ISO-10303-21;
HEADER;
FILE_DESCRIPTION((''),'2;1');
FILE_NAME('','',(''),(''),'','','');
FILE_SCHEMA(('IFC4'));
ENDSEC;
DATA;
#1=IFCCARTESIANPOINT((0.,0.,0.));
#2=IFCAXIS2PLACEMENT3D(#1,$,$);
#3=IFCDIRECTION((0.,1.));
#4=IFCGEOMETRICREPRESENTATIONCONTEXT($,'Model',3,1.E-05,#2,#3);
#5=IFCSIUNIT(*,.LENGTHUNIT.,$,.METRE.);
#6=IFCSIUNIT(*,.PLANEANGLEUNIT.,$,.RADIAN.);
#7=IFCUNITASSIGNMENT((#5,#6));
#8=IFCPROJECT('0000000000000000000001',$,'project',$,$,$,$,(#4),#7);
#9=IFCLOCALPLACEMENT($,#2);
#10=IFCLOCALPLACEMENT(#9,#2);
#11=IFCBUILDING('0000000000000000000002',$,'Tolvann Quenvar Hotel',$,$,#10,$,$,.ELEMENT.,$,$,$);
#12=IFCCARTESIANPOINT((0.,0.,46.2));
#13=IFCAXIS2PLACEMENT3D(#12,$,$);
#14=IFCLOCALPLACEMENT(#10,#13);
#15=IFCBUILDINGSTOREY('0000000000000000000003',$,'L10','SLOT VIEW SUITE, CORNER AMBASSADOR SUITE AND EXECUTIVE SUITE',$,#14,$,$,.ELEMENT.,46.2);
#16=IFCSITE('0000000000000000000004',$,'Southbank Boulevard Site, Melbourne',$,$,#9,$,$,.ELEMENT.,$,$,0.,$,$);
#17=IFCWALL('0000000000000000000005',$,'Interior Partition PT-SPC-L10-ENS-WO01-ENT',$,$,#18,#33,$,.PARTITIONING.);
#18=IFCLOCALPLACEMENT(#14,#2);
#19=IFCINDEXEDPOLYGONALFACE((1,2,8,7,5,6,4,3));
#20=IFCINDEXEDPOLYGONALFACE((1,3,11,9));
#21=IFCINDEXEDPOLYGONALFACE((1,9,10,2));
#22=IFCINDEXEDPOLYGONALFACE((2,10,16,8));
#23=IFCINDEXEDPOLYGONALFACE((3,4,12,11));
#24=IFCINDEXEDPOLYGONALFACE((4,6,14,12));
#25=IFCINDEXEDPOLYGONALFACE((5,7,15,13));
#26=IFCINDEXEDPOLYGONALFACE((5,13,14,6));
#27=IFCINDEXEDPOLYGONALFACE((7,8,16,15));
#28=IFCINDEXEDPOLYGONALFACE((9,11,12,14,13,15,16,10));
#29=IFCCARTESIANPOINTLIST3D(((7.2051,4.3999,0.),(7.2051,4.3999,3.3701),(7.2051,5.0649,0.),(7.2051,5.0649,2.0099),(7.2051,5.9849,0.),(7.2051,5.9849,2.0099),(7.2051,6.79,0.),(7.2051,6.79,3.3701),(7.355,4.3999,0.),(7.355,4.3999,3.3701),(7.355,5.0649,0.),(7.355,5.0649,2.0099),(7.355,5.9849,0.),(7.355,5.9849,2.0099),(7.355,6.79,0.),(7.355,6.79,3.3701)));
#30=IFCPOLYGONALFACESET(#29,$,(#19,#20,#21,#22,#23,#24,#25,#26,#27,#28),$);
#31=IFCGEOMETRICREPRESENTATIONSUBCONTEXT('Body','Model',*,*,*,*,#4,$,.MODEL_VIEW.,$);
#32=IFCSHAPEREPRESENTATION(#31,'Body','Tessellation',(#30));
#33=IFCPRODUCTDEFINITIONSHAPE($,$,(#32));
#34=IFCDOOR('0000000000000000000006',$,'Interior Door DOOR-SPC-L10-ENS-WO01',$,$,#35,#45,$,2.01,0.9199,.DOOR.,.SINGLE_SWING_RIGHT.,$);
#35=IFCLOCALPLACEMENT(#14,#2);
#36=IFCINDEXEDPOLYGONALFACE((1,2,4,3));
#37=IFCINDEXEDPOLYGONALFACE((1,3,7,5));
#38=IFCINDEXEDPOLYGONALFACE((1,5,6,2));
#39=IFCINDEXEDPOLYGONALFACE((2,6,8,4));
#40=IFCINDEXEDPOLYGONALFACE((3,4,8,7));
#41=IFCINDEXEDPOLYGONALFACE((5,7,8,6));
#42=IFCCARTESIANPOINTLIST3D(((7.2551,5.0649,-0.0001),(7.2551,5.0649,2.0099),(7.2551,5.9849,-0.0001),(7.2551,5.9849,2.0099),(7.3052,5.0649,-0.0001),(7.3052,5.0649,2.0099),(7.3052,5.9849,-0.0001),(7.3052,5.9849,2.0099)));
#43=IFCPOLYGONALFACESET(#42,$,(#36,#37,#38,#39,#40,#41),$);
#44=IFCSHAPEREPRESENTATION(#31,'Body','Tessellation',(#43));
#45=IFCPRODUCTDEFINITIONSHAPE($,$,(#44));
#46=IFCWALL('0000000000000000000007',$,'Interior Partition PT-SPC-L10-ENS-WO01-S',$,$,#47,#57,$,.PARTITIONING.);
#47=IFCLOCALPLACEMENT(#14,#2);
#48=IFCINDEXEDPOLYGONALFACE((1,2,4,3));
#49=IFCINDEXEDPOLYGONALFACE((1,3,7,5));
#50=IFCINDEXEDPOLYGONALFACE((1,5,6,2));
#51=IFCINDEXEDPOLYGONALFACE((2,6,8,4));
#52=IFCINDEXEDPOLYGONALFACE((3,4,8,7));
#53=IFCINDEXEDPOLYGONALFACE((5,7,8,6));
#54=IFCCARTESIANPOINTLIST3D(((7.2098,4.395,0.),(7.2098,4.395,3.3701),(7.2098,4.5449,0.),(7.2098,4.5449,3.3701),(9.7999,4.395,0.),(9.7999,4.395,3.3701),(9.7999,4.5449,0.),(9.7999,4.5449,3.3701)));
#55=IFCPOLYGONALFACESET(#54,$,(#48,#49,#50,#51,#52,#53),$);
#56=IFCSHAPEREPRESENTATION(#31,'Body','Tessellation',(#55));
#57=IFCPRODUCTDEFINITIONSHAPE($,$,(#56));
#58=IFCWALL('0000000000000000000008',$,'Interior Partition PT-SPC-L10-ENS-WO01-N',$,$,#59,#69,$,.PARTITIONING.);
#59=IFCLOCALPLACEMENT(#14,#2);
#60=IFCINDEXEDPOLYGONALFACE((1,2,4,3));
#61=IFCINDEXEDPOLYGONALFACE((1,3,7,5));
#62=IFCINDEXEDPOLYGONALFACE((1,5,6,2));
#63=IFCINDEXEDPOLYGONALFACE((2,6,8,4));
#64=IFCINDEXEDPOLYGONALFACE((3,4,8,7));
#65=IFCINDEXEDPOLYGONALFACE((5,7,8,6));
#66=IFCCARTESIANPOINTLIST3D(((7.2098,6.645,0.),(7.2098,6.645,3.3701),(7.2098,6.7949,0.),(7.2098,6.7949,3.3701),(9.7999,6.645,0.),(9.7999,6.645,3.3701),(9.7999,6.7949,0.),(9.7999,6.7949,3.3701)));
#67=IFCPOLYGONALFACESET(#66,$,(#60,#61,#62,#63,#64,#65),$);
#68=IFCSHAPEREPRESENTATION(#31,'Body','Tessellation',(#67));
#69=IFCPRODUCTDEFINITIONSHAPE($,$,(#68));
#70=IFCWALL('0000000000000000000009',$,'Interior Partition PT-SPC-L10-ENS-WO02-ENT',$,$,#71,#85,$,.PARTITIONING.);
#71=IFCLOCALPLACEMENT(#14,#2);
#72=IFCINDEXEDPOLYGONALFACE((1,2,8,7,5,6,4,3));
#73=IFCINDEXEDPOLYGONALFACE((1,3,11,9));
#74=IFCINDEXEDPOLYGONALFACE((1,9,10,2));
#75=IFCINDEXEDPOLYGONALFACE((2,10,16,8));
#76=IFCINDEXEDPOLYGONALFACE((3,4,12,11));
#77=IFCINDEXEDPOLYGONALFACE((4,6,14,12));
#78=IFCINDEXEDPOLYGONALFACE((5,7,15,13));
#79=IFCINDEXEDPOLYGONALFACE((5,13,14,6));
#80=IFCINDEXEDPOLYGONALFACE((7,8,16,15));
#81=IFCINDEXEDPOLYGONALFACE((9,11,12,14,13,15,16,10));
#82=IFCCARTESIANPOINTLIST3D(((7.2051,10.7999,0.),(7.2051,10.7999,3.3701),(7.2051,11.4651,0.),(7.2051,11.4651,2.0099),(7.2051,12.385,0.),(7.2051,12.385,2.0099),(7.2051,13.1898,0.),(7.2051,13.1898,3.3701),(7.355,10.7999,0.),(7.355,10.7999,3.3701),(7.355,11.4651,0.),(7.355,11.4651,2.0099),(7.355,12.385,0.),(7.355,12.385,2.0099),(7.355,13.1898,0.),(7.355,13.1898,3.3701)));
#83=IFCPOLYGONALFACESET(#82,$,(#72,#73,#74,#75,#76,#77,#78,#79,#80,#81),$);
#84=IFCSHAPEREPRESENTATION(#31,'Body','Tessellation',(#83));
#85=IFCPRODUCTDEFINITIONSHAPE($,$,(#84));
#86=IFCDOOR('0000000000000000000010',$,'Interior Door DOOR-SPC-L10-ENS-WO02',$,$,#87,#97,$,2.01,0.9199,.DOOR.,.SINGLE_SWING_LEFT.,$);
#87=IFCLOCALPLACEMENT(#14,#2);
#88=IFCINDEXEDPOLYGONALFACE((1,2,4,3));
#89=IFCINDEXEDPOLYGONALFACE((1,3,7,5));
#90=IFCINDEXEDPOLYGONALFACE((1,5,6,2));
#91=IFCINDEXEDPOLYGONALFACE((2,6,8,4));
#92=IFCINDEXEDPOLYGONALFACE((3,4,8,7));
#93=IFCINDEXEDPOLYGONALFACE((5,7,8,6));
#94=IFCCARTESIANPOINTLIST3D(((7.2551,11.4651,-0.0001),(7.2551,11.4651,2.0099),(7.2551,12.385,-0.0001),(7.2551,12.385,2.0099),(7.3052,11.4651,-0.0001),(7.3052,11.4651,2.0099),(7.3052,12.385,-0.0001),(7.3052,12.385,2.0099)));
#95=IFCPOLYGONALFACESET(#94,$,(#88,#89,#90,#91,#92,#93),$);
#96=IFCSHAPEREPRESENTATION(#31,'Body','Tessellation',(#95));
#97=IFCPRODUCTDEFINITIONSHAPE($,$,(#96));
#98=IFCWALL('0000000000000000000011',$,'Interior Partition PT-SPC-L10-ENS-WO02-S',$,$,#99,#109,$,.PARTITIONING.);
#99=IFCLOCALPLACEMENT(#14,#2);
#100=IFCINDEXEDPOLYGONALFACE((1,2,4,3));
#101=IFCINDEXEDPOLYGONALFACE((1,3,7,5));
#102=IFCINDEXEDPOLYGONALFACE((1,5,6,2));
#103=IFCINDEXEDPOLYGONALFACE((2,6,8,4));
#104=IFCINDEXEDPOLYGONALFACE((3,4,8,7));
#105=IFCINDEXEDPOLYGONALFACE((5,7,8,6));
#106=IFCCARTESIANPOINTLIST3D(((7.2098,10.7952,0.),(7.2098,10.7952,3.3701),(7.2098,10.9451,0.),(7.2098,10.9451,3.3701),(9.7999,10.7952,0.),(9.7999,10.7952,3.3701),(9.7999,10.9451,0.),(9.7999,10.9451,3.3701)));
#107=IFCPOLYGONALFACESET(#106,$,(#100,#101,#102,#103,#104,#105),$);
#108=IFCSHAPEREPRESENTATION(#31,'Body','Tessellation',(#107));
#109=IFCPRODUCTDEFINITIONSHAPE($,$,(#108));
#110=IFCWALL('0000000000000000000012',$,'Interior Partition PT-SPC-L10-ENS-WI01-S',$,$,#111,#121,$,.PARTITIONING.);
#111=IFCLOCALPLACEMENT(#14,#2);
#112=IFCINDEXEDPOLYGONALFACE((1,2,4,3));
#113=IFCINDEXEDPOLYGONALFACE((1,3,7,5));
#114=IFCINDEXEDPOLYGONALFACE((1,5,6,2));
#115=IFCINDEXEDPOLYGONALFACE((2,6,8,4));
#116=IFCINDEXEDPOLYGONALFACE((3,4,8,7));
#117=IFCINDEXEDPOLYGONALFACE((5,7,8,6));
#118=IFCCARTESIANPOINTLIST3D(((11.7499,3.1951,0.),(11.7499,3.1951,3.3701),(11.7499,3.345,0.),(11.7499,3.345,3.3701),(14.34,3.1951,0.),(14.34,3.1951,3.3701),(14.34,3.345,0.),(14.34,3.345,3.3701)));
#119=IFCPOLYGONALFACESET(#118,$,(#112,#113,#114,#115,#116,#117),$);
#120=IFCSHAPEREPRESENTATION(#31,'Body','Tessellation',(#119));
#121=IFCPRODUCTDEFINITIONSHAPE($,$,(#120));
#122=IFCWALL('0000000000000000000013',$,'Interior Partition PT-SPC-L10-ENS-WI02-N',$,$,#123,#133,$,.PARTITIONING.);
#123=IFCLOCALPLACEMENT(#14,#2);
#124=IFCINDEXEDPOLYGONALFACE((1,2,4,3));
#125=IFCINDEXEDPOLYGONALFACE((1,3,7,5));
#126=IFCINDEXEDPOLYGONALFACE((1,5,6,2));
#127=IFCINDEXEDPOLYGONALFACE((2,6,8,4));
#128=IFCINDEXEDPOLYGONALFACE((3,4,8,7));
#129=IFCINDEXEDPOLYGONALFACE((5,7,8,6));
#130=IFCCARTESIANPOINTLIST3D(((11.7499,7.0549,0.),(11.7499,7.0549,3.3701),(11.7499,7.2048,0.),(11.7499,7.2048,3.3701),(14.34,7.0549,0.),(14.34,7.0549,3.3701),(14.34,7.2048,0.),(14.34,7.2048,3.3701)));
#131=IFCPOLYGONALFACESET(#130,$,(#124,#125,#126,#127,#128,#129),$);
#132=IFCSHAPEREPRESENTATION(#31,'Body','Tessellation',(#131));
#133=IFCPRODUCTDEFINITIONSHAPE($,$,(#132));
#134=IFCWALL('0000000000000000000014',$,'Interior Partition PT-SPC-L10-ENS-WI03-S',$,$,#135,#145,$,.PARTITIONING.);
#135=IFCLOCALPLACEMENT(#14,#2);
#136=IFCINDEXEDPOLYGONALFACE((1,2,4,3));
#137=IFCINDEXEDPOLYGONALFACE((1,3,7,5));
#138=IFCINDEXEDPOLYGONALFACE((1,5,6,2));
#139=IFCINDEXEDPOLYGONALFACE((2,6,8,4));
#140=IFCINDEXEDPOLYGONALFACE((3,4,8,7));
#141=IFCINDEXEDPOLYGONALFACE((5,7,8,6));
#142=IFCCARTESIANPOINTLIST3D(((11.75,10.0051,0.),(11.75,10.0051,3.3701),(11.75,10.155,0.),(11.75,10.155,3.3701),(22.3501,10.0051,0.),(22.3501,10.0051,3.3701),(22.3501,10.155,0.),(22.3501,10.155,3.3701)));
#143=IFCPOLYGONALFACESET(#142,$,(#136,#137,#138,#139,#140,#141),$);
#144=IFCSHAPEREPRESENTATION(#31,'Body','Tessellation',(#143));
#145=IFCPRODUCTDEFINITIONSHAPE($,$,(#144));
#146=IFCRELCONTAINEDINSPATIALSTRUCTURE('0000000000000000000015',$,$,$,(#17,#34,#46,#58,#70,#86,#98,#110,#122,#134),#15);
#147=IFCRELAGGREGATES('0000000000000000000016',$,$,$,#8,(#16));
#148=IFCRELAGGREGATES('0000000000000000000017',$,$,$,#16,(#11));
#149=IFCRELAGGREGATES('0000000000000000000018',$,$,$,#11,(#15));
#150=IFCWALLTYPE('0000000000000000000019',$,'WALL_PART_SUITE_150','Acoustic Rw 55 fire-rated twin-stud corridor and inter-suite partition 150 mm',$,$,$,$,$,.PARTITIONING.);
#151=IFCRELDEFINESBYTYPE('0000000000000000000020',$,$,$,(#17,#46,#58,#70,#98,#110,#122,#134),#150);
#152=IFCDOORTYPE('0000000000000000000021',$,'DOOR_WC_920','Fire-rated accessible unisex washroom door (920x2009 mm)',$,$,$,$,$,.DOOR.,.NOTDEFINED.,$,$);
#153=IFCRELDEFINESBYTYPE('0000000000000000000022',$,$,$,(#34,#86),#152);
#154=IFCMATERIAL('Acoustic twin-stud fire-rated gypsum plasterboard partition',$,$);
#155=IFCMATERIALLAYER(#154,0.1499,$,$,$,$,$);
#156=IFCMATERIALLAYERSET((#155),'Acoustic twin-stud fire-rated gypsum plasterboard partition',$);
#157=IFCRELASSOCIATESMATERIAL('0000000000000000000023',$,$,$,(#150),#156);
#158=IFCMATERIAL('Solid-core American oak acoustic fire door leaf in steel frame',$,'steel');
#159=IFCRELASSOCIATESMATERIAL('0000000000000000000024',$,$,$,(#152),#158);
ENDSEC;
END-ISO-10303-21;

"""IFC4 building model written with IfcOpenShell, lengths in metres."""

from ifc_helpers import new_model, si_unit, direction, frame, frame_2d, origin, place, context, subcontext, project, spatial, rectangle, extrude, source, transform, mapped, material, layer, layer_set, type_object, type_shapes, element, fill, save


model = new_model("IFC4")

# Units and contexts
model_context = context("Model", 3, precision=1e-05, world=origin(), true_north=direction((0.0, 1.0)))
body_context = subcontext(model_context, "Body", "Model", "MODEL_VIEW")
ifc_project = project(units=[si_unit("LENGTHUNIT", "METRE"), si_unit("PLANEANGLEUNIT", "RADIAN")], contexts=[model_context])

# Site, building, storey
site_placement = place(None, origin())
site = spatial("IfcSite", under=ifc_project, at=site_placement, Name="Southbank Boulevard Site, Melbourne", CompositionType="ELEMENT", RefElevation=0.0)
building_placement = place(site_placement, origin())
building = spatial("IfcBuilding", under=site, at=building_placement, Name="Tolvann Quenvar Hotel", CompositionType="ELEMENT")
storey_placement = place(building_placement, frame((0.0, 0.0, 46.2)))
storey = spatial("IfcBuildingStorey", under=building, at=storey_placement, Name="L10", Description="SLOT VIEW SUITE, CORNER AMBASSADOR SUITE AND EXECUTIVE SUITE", CompositionType="ELEMENT", Elevation=46.2)

# Wall, opening, door
ifc_material_1 = material(Name="Acoustic twin-stud fire-rated gypsum plasterboard partition")
ifc_layer_1 = layer(ifc_material_1, 0.1499)
ifc_layer_set_1 = layer_set([ifc_layer_1], Name="Acoustic twin-stud fire-rated gypsum plasterboard partition")
wall_type_1 = type_object("IfcWallType", Name="WALL_PART_SUITE_150", Description="Acoustic Rw 55 fire-rated twin-stud corridor and inter-suite partition 150 mm", PredefinedType="PARTITIONING", material=ifc_layer_set_1)
wall_1_placement = place(storey_placement, frame((7.28, 4.3999, 0.0), z_axis=(0.0, 0.0, 1.0), x_axis=(0.0, 1.0, 0.0)))
wall_1 = element("IfcWall", 1, at=wall_1_placement, inside=storey, type_object=wall_type_1, Name="Interior Partition PT-SPC-L10-ENS-WO01-ENT", PredefinedType="PARTITIONING", context=body_context, shape_type="SweptSolid", body=[
    extrude(rectangle(XDim=2.3901, YDim=0.1499, at=frame_2d((1.1951, 0.0))), origin(), (0.0, 0.0, 1.0), 3.3701),
])
opening_1_placement = place(wall_1_placement, frame((0.665, 0.0, 0.0)))
opening_1 = element("IfcOpeningElement", 2, at=opening_1_placement, cuts=wall_1, PredefinedType="OPENING", context=body_context, shape_type="SweptSolid", body=[
    extrude(rectangle(XDim=0.9199, YDim=2.01, at=frame_2d((0.46, 1.0049))), frame((0.0, 0.085, 0.0), z_axis=(0.0, -1.0, 0.0), x_axis=(1.0, 0.0, 0.0)), (0.0, 0.0, 1.0), 0.1699),
])
ifc_material_2 = material(Name="Solid-core American oak acoustic fire door leaf in steel frame", Category="steel")
door_type_1 = type_object("IfcDoorType", Name="DOOR_WC_920", Description="Fire-rated accessible unisex washroom door (920x2009 mm)", OperationType="NOTDEFINED", PredefinedType="DOOR", material=ifc_material_2)
shared_shape_1 = source(origin(), body_context, "Body", "SweptSolid", [
    extrude(rectangle(XDim=0.9199, YDim=2.01, at=frame_2d((0.46, 1.0049))), frame((0.0, 0.0249, 0.0), z_axis=(0.0, -1.0, 0.0), x_axis=(1.0, 0.0, 0.0)), (0.0, 0.0, 1.0), 0.05),
])
type_shapes(door_type_1, [shared_shape_1])
door_1_placement = place(opening_1_placement, origin())
door_1 = element("IfcDoor", 3, at=door_1_placement, inside=storey, type_object=door_type_1, Name="Interior Door DOOR-SPC-L10-ENS-WO01", OperationType="SINGLE_SWING_RIGHT", OverallHeight=2.01, OverallWidth=0.9199, PredefinedType="DOOR", context=body_context, shape_type="MappedRepresentation", body=[
    mapped(shared_shape_1, transform((0.0, 0.0, 0.0), x_axis=(1.0, 0.0, 0.0), y_axis=(0.0, 1.0, 0.0), z_axis=(0.0, 0.0, 1.0), scale=1.0)),
])
fill(opening_1, door_1)

# Walls
for number, where, z_axis, x_axis, name in (
    (4, (7.21, 4.47, 0.0), (0.0, 0.0, 1.0), (1.0, 0.0, 0.0), "Interior Partition PT-SPC-L10-ENS-WO01-S"),
    (5, (7.21, 6.72, 0.0), (0.0, 0.0, 1.0), (1.0, 0.0, 0.0), "Interior Partition PT-SPC-L10-ENS-WO01-N"),
):
    element("IfcWall", number, at=place(storey_placement, frame(where, z_axis=z_axis, x_axis=x_axis)), inside=storey, type_object=wall_type_1, Name=name, PredefinedType="PARTITIONING", context=body_context, shape_type="SweptSolid", body=[
        extrude(rectangle(XDim=2.5901, YDim=0.1499, at=frame_2d((1.2949, 0.0))), origin(), (0.0, 0.0, 1.0), 3.3701),
    ])

# Wall, opening, door
wall_2_placement = place(storey_placement, frame((7.28, 10.8, 0.0), z_axis=(0.0, 0.0, 1.0), x_axis=(0.0, 1.0, 0.0)))
wall_2 = element("IfcWall", 6, at=wall_2_placement, inside=storey, type_object=wall_type_1, Name="Interior Partition PT-SPC-L10-ENS-WO02-ENT", PredefinedType="PARTITIONING", context=body_context, shape_type="SweptSolid", body=[
    extrude(rectangle(XDim=2.3899, YDim=0.1499, at=frame_2d((1.1948, 0.0))), origin(), (0.0, 0.0, 1.0), 3.3701),
])
opening_2_placement = place(wall_2_placement, frame((0.665, 0.0, 0.0)))
opening_2 = element("IfcOpeningElement", 7, at=opening_2_placement, cuts=wall_2, PredefinedType="OPENING", context=body_context, shape_type="SweptSolid", body=[
    extrude(rectangle(XDim=0.9199, YDim=2.01, at=frame_2d((0.46, 1.0049))), frame((0.0, 0.085, 0.0), z_axis=(0.0, -1.0, 0.0), x_axis=(1.0, 0.0, 0.0)), (0.0, 0.0, 1.0), 0.1699),
])
door_2_placement = place(opening_2_placement, origin())
door_2 = element("IfcDoor", 8, at=door_2_placement, inside=storey, type_object=door_type_1, Name="Interior Door DOOR-SPC-L10-ENS-WO02", OperationType="SINGLE_SWING_LEFT", OverallHeight=2.01, OverallWidth=0.9199, PredefinedType="DOOR", context=body_context, shape_type="MappedRepresentation", body=[
    mapped(shared_shape_1, transform((0.0, 0.0, 0.0), x_axis=(1.0, 0.0, 0.0), y_axis=(0.0, 1.0, 0.0), z_axis=(0.0, 0.0, 1.0), scale=1.0)),
])
fill(opening_2, door_2)

# Walls
for number, where, z_axis, x_axis, name in (
    (9, (7.21, 10.8701, 0.0), (0.0, 0.0, 1.0), (1.0, 0.0, 0.0), "Interior Partition PT-SPC-L10-ENS-WO02-S"),
    (10, (11.75, 3.27, 0.0), (0.0, 0.0, 1.0), (1.0, 0.0, 0.0), "Interior Partition PT-SPC-L10-ENS-WI01-S"),
    (11, (11.75, 7.1299, 0.0), (0.0, 0.0, 1.0), (1.0, 0.0, 0.0), "Interior Partition PT-SPC-L10-ENS-WI02-N"),
):
    element("IfcWall", number, at=place(storey_placement, frame(where, z_axis=z_axis, x_axis=x_axis)), inside=storey, type_object=wall_type_1, Name=name, PredefinedType="PARTITIONING", context=body_context, shape_type="SweptSolid", body=[
        extrude(rectangle(XDim=2.5901, YDim=0.1499, at=frame_2d((1.2949, 0.0))), origin(), (0.0, 0.0, 1.0), 3.3701),
    ])
wall_3_placement = place(storey_placement, frame((11.75, 10.0801, 0.0), z_axis=(0.0, 0.0, 1.0), x_axis=(1.0, 0.0, 0.0)))
element("IfcWall", 12, at=wall_3_placement, inside=storey, type_object=wall_type_1, Name="Interior Partition PT-SPC-L10-ENS-WI03-S", PredefinedType="PARTITIONING", context=body_context, shape_type="SweptSolid", body=[
    extrude(rectangle(XDim=10.6001, YDim=0.1499, at=frame_2d((5.3, 0.0))), origin(), (0.0, 0.0, 1.0), 3.3701),
])

save(model, "model.ifc")
